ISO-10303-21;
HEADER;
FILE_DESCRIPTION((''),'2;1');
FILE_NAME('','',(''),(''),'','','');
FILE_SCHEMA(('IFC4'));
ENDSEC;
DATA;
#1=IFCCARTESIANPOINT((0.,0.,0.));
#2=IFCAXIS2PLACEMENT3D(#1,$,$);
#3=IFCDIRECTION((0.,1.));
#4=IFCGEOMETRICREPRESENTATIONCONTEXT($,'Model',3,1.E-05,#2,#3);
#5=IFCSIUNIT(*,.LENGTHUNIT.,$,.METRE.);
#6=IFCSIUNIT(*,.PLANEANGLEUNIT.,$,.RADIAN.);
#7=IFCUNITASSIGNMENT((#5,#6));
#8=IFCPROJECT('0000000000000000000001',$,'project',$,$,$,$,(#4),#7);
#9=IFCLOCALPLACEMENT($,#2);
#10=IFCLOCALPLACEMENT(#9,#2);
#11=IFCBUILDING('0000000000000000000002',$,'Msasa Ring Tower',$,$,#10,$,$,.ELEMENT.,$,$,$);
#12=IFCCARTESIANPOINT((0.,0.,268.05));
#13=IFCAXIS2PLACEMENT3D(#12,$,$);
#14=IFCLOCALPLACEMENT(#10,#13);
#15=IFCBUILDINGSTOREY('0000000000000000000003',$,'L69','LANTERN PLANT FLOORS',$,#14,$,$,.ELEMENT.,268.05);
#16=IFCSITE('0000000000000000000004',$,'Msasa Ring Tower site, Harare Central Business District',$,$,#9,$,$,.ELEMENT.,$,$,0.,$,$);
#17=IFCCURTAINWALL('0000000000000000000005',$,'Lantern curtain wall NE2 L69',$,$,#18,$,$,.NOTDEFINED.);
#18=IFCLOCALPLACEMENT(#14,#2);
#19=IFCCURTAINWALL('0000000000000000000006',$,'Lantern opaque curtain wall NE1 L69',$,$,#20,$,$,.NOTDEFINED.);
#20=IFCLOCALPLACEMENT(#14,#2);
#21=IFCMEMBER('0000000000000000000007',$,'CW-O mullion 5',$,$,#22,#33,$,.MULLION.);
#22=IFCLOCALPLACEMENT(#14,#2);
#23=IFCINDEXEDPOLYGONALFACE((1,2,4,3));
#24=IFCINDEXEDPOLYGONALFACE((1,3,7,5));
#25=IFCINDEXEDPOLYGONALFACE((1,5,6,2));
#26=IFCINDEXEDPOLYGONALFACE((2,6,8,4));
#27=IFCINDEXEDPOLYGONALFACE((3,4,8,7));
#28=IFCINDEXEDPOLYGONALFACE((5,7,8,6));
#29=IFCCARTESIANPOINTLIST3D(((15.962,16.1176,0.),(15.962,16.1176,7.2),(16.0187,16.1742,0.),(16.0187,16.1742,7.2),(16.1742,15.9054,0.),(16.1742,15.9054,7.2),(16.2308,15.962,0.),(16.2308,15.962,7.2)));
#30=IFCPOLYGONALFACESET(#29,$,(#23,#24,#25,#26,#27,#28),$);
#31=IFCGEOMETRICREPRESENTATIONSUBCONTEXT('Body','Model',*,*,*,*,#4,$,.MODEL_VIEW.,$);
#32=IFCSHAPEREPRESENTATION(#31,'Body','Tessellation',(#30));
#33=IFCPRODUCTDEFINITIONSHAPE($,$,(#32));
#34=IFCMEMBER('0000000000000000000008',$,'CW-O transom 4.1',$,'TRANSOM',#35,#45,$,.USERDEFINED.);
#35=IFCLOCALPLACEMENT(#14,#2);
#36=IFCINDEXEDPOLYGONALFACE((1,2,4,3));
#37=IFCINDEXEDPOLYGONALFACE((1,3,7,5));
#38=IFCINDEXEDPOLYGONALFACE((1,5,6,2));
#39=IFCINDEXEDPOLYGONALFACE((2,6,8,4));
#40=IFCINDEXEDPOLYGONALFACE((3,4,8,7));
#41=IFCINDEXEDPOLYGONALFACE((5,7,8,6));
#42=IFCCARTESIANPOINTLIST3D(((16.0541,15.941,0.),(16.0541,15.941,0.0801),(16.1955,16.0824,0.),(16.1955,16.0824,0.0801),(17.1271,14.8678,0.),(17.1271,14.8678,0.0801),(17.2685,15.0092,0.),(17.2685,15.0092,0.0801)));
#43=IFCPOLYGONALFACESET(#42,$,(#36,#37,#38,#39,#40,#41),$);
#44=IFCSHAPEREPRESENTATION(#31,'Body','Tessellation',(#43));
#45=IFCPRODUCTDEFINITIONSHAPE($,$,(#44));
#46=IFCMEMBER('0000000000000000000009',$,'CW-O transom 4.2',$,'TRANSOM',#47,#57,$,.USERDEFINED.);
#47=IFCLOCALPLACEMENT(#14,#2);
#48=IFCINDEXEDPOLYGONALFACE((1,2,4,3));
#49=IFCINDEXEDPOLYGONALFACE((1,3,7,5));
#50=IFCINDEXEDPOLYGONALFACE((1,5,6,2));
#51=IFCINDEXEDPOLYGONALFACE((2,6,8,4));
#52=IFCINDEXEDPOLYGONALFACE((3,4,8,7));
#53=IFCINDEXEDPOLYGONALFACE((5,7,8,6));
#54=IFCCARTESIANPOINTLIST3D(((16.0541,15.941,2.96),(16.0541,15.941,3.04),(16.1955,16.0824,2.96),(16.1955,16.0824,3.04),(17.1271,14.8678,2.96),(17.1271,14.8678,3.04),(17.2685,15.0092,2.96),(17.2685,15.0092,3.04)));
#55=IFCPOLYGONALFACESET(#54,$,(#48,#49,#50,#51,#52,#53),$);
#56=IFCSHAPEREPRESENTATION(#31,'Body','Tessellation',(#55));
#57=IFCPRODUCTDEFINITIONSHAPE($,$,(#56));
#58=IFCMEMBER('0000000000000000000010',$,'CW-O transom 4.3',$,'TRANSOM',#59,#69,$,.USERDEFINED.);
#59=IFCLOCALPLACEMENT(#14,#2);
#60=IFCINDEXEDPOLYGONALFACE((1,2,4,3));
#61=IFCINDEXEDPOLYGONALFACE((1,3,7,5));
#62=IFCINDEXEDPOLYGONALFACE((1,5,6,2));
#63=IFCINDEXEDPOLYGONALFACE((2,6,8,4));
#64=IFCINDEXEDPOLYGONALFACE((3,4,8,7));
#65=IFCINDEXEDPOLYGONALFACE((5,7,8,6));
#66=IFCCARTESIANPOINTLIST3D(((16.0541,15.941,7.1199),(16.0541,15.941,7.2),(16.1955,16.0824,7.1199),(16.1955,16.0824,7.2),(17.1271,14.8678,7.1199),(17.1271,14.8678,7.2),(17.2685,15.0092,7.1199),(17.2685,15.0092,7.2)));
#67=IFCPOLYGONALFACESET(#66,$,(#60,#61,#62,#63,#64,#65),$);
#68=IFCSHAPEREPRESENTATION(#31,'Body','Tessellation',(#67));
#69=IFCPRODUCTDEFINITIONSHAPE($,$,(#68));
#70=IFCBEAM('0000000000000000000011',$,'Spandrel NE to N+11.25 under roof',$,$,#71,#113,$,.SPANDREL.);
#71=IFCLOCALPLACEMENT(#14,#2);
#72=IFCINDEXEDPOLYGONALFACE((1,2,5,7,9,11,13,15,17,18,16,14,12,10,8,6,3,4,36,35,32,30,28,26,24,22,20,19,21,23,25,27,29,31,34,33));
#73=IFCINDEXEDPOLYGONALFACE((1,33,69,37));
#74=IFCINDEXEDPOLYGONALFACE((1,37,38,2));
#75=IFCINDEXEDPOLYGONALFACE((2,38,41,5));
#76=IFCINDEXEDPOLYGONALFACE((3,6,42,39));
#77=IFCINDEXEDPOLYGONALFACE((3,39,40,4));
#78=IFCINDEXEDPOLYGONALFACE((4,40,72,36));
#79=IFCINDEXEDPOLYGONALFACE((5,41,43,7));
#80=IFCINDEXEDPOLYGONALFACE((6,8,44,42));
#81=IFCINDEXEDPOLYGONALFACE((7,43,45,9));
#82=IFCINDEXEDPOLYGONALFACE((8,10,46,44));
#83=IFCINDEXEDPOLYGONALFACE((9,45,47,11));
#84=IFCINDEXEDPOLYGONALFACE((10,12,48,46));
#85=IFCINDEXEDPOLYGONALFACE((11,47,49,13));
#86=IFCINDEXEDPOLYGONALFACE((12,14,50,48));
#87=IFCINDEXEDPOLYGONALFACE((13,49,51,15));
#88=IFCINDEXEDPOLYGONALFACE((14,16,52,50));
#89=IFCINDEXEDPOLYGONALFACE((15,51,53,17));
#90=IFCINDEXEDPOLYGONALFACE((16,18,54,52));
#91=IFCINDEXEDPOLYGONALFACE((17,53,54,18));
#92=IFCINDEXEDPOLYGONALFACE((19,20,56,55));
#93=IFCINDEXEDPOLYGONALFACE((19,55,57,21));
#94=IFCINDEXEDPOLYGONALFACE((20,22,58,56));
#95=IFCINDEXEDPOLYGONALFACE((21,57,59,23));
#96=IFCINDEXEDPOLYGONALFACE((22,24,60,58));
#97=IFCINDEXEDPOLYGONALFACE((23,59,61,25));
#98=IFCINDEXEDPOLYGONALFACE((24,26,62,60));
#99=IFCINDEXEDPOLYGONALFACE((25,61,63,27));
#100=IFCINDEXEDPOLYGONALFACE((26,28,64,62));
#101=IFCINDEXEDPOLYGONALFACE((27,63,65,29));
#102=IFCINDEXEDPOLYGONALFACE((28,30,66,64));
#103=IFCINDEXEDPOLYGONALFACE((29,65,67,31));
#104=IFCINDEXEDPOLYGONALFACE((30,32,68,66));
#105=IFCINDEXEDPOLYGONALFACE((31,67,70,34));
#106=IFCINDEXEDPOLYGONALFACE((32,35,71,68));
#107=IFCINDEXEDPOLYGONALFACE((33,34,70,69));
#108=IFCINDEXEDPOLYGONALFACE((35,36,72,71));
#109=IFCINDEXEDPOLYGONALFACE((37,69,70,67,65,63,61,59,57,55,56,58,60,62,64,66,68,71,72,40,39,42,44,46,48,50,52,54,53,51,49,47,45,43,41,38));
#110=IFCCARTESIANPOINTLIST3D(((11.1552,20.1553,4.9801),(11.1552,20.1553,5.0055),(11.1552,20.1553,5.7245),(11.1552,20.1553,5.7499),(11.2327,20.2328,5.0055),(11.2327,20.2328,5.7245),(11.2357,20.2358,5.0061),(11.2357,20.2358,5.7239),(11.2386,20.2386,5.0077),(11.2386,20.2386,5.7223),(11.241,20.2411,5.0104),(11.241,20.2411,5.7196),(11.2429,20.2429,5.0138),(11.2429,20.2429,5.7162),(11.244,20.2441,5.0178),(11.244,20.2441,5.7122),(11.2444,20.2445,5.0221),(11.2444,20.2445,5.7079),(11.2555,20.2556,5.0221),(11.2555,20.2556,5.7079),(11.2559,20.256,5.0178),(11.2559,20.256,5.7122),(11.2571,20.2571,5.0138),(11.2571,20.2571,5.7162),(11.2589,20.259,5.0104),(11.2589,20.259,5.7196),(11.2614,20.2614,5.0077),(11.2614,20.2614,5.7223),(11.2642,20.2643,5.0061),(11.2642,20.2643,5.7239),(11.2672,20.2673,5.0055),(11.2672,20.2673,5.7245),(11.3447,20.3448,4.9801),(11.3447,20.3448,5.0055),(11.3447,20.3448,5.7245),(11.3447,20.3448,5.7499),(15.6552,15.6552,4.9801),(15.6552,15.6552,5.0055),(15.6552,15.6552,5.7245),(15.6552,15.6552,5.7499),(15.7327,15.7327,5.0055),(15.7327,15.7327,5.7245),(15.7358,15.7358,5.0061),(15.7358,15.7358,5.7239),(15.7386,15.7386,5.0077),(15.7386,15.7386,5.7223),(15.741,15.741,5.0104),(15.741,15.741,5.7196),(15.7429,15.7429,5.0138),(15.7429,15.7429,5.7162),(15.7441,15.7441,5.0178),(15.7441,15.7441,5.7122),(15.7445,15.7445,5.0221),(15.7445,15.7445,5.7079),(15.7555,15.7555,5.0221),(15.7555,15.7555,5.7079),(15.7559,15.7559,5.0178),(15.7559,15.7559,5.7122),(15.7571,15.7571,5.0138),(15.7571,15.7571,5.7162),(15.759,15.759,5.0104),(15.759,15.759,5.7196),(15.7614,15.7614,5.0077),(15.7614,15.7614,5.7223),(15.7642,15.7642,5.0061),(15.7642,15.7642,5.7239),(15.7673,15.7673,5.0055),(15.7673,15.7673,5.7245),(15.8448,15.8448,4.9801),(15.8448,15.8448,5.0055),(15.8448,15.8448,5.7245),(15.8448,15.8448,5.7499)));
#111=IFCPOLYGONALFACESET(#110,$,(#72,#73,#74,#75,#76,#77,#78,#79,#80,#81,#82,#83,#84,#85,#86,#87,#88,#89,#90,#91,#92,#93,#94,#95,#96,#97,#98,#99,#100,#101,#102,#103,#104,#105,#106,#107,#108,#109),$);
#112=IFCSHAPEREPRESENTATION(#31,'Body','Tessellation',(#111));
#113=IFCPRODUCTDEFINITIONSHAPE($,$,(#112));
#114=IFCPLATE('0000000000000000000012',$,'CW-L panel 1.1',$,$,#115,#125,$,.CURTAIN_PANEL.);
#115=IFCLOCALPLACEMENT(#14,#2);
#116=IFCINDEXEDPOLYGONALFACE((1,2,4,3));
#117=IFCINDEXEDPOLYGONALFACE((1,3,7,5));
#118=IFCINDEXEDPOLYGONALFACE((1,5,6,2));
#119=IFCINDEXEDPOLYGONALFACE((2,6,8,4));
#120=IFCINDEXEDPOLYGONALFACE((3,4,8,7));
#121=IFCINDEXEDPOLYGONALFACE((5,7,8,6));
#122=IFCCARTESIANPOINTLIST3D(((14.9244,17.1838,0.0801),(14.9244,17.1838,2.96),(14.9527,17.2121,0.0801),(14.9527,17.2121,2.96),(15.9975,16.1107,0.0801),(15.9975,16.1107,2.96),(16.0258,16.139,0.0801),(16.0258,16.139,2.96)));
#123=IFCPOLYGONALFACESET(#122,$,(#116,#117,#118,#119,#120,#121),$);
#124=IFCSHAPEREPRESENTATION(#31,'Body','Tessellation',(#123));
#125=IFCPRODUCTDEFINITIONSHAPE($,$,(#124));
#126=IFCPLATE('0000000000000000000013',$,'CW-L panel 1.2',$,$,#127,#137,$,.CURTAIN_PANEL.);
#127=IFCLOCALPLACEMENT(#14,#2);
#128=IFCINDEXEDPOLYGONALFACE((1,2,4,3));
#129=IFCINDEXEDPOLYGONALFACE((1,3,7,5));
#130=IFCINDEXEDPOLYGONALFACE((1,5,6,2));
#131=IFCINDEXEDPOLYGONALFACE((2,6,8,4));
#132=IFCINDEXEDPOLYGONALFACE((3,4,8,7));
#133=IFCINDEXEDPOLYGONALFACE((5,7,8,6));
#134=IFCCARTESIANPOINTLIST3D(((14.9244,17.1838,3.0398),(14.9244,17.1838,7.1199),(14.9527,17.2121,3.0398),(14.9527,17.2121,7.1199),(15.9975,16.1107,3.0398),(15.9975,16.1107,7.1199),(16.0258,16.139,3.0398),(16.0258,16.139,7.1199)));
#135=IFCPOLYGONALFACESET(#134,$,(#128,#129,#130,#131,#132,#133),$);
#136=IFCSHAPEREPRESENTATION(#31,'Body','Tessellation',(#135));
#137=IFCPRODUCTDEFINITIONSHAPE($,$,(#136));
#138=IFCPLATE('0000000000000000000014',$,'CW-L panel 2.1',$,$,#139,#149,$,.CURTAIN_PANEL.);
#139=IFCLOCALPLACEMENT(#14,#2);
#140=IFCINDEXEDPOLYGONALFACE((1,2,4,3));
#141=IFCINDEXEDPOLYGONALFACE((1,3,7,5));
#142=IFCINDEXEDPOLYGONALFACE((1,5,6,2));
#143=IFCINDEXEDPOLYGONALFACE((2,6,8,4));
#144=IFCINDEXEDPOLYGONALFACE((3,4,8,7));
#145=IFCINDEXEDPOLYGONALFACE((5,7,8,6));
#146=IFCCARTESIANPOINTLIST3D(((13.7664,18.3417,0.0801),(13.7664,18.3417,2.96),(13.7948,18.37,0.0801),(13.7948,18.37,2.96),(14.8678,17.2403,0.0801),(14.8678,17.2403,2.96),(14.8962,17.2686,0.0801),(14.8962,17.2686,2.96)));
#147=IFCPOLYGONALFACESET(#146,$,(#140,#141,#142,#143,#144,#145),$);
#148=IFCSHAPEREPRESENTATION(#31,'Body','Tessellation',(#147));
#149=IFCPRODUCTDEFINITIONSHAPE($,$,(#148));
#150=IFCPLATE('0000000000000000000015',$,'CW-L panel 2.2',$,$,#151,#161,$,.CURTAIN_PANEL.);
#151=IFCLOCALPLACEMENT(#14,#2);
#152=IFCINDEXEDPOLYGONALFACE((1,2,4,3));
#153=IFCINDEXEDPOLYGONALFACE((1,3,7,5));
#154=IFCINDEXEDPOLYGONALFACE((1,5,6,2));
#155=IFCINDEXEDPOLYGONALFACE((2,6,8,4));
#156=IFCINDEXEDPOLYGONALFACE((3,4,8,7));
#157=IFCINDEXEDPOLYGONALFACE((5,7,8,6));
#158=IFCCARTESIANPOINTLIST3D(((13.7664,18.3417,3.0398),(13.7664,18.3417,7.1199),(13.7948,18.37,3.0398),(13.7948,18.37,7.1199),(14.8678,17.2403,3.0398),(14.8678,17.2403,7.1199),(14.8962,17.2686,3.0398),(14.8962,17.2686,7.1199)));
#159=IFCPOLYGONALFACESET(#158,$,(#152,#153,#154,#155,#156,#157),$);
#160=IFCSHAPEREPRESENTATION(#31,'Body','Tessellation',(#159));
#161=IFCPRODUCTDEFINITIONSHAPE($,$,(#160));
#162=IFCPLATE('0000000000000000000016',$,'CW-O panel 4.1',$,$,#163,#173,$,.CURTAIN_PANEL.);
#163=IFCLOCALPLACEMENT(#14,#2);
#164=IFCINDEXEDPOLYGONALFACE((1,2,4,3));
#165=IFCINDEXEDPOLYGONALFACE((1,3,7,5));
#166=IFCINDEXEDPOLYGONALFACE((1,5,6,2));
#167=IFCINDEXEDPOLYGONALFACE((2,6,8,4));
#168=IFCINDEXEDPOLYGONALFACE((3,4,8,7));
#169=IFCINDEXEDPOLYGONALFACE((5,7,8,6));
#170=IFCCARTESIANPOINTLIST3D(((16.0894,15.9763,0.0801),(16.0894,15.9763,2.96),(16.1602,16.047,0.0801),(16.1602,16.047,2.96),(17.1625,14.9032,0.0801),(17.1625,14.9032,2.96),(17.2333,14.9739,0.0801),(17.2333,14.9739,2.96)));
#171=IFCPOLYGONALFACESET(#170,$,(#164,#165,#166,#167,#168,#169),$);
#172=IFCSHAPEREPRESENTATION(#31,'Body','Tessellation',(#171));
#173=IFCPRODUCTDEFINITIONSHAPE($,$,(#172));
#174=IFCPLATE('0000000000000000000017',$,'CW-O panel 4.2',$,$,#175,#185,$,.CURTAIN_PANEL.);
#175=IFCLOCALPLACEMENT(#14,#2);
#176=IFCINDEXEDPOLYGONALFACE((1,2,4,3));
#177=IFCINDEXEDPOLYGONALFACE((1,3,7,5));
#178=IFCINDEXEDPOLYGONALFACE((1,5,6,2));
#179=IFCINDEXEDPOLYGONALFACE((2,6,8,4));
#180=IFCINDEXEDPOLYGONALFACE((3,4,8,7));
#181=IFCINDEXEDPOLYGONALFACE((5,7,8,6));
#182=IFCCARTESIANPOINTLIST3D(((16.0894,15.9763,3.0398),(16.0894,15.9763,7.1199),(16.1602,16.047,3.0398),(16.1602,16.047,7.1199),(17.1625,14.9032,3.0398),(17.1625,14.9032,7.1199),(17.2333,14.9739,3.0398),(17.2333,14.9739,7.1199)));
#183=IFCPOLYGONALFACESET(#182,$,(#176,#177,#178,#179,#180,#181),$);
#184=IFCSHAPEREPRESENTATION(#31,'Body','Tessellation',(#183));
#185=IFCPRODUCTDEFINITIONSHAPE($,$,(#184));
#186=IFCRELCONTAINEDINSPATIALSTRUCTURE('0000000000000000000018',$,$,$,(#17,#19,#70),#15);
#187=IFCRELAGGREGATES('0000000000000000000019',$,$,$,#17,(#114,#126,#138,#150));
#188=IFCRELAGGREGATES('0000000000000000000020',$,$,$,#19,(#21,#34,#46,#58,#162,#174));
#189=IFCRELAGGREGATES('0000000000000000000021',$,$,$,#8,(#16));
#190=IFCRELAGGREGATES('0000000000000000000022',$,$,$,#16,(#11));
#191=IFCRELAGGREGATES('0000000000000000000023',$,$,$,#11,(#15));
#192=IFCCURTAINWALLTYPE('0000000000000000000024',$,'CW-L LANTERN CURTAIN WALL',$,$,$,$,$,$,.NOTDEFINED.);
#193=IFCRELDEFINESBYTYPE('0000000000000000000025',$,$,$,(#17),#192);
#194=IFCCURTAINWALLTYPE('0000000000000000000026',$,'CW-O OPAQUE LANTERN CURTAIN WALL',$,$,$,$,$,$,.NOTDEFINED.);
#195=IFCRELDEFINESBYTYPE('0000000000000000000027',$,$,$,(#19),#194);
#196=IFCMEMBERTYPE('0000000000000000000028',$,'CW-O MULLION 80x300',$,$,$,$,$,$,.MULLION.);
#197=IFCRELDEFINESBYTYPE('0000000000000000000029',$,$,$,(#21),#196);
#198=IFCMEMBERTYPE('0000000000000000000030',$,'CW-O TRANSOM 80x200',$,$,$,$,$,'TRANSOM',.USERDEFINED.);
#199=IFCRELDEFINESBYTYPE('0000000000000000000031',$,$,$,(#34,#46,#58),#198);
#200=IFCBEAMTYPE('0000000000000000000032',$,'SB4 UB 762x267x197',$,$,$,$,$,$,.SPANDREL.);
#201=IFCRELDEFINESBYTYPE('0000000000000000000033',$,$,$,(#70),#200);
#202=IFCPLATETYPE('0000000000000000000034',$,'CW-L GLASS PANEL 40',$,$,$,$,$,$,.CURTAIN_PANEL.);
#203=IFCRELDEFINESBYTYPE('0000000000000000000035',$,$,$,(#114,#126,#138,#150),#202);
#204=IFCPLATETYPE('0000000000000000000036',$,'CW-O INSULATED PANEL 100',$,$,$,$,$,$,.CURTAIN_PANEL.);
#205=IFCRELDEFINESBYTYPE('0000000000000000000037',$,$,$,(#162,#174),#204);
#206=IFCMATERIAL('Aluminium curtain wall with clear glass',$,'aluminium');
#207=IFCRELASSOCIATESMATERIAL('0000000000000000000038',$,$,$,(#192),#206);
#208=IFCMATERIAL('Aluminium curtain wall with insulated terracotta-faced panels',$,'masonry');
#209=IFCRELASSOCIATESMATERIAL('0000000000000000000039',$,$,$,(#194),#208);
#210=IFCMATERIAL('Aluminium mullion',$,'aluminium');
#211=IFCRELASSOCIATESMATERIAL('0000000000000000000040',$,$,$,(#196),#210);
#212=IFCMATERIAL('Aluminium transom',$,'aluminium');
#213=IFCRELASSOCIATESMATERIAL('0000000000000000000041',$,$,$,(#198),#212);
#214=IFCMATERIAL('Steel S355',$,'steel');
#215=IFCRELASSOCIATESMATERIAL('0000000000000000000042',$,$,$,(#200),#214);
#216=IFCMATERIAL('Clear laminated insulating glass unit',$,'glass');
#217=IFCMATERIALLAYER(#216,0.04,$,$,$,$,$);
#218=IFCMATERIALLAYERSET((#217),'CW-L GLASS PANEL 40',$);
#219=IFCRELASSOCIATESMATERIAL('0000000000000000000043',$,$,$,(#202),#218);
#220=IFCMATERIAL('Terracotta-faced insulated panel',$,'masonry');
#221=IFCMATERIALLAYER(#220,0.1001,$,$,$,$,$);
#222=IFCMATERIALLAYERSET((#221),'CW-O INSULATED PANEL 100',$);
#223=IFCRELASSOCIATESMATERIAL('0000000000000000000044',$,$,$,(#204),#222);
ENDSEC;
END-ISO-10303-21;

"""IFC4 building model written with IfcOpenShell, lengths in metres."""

from ifc_helpers import new_model, si_unit, direction, frame, origin, origin_2d, place, context, subcontext, project, spatial, rectangle, i_section, extrude, material, layer, layer_set, material_profile, profile_set, type_object, element, aggregate, save


model = new_model("IFC4")

# Units and contexts
model_context = context("Model", 3, precision=1e-05, world=origin(), true_north=direction((0.0, 1.0)))
body_context = subcontext(model_context, "Body", "Model", "MODEL_VIEW")
ifc_project = project(units=[si_unit("LENGTHUNIT", "METRE"), si_unit("PLANEANGLEUNIT", "RADIAN")], contexts=[model_context])

# Site, building, storey
site_placement = place(None, origin())
site = spatial("IfcSite", under=ifc_project, at=site_placement, Name="Msasa Ring Tower site, Harare Central Business District", CompositionType="ELEMENT", RefElevation=0.0)
building_placement = place(site_placement, origin())
building = spatial("IfcBuilding", under=site, at=building_placement, Name="Msasa Ring Tower", CompositionType="ELEMENT")
storey_placement = place(building_placement, frame((0.0, 0.0, 268.05)))
storey = spatial("IfcBuildingStorey", under=building, at=storey_placement, Name="L69", Description="LANTERN PLANT FLOORS", CompositionType="ELEMENT", Elevation=268.05)

# Curtain walls, members
ifc_material_1 = material(Name="Aluminium curtain wall with clear glass", Category="aluminium")
curtain_wall_type_1 = type_object("IfcCurtainWallType", Name="CW-L LANTERN CURTAIN WALL", PredefinedType="NOTDEFINED", material=ifc_material_1)
curtain_wall_1_placement = place(storey_placement, origin())
curtain_wall_1 = element("IfcCurtainWall", 1, at=curtain_wall_1_placement, inside=storey, type_object=curtain_wall_type_1, Name="Lantern curtain wall NE2 L69", PredefinedType="NOTDEFINED")
ifc_material_2 = material(Name="Aluminium curtain wall with insulated terracotta-faced panels", Category="masonry")
curtain_wall_type_2 = type_object("IfcCurtainWallType", Name="CW-O OPAQUE LANTERN CURTAIN WALL", PredefinedType="NOTDEFINED", material=ifc_material_2)
curtain_wall_2_placement = place(storey_placement, origin())
curtain_wall_2 = element("IfcCurtainWall", 2, at=curtain_wall_2_placement, inside=storey, type_object=curtain_wall_type_2, Name="Lantern opaque curtain wall NE1 L69", PredefinedType="NOTDEFINED")
ifc_material_3 = material(Name="Aluminium mullion", Category="aluminium")
ifc_material_profile_1 = material_profile(ifc_material_3, rectangle(XDim=0.0801, YDim=0.3, at=origin_2d()), Name="AL 80x300")
ifc_profile_set_1 = profile_set([ifc_material_profile_1], Name="Aluminium mullion")
member_type_1 = type_object("IfcMemberType", Name="CW-O MULLION 80x300", PredefinedType="MULLION", material=ifc_profile_set_1)
member_1_placement = place(storey_placement, frame((16.0964, 16.0398, 0.0), z_axis=(0.0, 0.0, 1.0), x_axis=(-0.707107, -0.707107, 0.0)))
member_1 = element("IfcMember", 3, at=member_1_placement, type_object=member_type_1, Name="CW-O mullion 5", PredefinedType="MULLION", context=body_context, shape_type="SweptSolid", body=[
    extrude(rectangle(XDim=0.0801, YDim=0.3, at=origin_2d()), origin(), (0.0, 0.0, 1.0), 7.2),
])
ifc_material_4 = material(Name="Aluminium transom", Category="aluminium")
ifc_material_profile_2 = material_profile(ifc_material_4, rectangle(XDim=0.2, YDim=0.0801, at=origin_2d()), Name="AL 80x200")
ifc_profile_set_2 = profile_set([ifc_material_profile_2], Name="Aluminium transom")
member_type_2 = type_object("IfcMemberType", Name="CW-O TRANSOM 80x200", ElementType="TRANSOM", PredefinedType="USERDEFINED", material=ifc_profile_set_2)
member_2_placement = place(storey_placement, frame((17.1978, 14.9385, 0.04), z_axis=(-0.707026, 0.707187, 0.0), x_axis=(-0.707187, -0.707026, 0.0)))
member_2 = element("IfcMember", 4, at=member_2_placement, type_object=member_type_2, Name="CW-O transom 4.1", ObjectType="TRANSOM", PredefinedType="USERDEFINED", context=body_context, shape_type="SweptSolid", body=[
    extrude(rectangle(XDim=0.2, YDim=0.0801, at=origin_2d()), origin(), (0.0, 0.0, 1.0), 1.5176),
])
member_3_placement = place(storey_placement, frame((17.1978, 14.9385, 3.0), z_axis=(-0.707026, 0.707187, 0.0), x_axis=(-0.707187, -0.707026, 0.0)))
member_3 = element("IfcMember", 5, at=member_3_placement, type_object=member_type_2, Name="CW-O transom 4.2", ObjectType="TRANSOM", PredefinedType="USERDEFINED", context=body_context, shape_type="SweptSolid", body=[
    extrude(rectangle(XDim=0.2, YDim=0.0801, at=origin_2d()), origin(), (0.0, 0.0, 1.0), 1.5176),
])
member_4_placement = place(storey_placement, frame((17.1978, 14.9385, 7.1599), z_axis=(-0.707026, 0.707187, 0.0), x_axis=(-0.707187, -0.707026, 0.0)))
member_4 = element("IfcMember", 6, at=member_4_placement, type_object=member_type_2, Name="CW-O transom 4.3", ObjectType="TRANSOM", PredefinedType="USERDEFINED", context=body_context, shape_type="SweptSolid", body=[
    extrude(rectangle(XDim=0.2, YDim=0.0801, at=origin_2d()), origin(), (0.0, 0.0, 1.0), 1.5176),
])

# Beam
ifc_material_5 = material(Name="Steel S355", Category="steel")
ifc_material_profile_3 = material_profile(ifc_material_5, i_section(OverallWidth=0.2681, OverallDepth=0.7698, WebThickness=0.0156, FlangeThickness=0.0254, FilletRadius=0.0166, at=origin_2d()), Name="UB 762x267x197")
ifc_profile_set_3 = profile_set([ifc_material_profile_3], Name="Steel S355")
beam_type = type_object("IfcBeamType", Name="SB4 UB 762x267x197", PredefinedType="SPANDREL", material=ifc_profile_set_3)
beam_placement = place(storey_placement, frame((15.75, 15.75, 5.365), z_axis=(-0.707107, 0.707107, 0.0), x_axis=(-0.707107, -0.707107, 0.0)))
element("IfcBeam", 7, at=beam_placement, inside=storey, type_object=beam_type, Name="Spandrel NE to N+11.25 under roof", PredefinedType="SPANDREL", context=body_context, shape_type="SweptSolid", body=[
    extrude(i_section(OverallWidth=0.2681, OverallDepth=0.7698, WebThickness=0.0156, FlangeThickness=0.0254, FilletRadius=0.0166, at=origin_2d()), origin(), (0.0, 0.0, 1.0), 6.364),
])

# Plates
ifc_material_6 = material(Name="Clear laminated insulating glass unit", Category="glass")
ifc_layer_1 = layer(ifc_material_6, 0.04)
ifc_layer_set_1 = layer_set([ifc_layer_1], Name="CW-L GLASS PANEL 40")
plate_type_1 = type_object("IfcPlateType", Name="CW-L GLASS PANEL 40", PredefinedType="CURTAIN_PANEL", material=ifc_layer_set_1)
plate_1_placement = place(storey_placement, frame((15.4751, 16.6614, 0.0801), z_axis=(0.0, 0.0, 1.0), x_axis=(-0.707107, 0.707107, 0.0)))
plate_1 = element("IfcPlate", 8, at=plate_1_placement, type_object=plate_type_1, Name="CW-L panel 1.1", PredefinedType="CURTAIN_PANEL", context=body_context, shape_type="SweptSolid", body=[
    extrude(rectangle(XDim=1.5176, YDim=0.04, at=origin_2d()), origin(), (0.0, 0.0, 1.0), 2.8799),
])
plate_2_placement = place(storey_placement, frame((15.4751, 16.6614, 3.0398), z_axis=(0.0, 0.0, 1.0), x_axis=(-0.707107, 0.707107, 0.0)))
plate_2 = element("IfcPlate", 9, at=plate_2_placement, type_object=plate_type_1, Name="CW-L panel 1.2", PredefinedType="CURTAIN_PANEL", context=body_context, shape_type="SweptSolid", body=[
    extrude(rectangle(XDim=1.5176, YDim=0.04, at=origin_2d()), origin(), (0.0, 0.0, 1.0), 4.0801),
])
plate_3_placement = place(storey_placement, frame((14.3313, 17.8052, 0.0801), z_axis=(0.0, 0.0, 1.0), x_axis=(-0.707107, 0.707107, 0.0)))
plate_3 = element("IfcPlate", 10, at=plate_3_placement, type_object=plate_type_1, Name="CW-L panel 2.1", PredefinedType="CURTAIN_PANEL", context=body_context, shape_type="SweptSolid", body=[
    extrude(rectangle(XDim=1.5576, YDim=0.04, at=origin_2d()), origin(), (0.0, 0.0, 1.0), 2.8799),
])
plate_4_placement = place(storey_placement, frame((14.3313, 17.8052, 3.0398), z_axis=(0.0, 0.0, 1.0), x_axis=(-0.707107, 0.707107, 0.0)))
plate_4 = element("IfcPlate", 11, at=plate_4_placement, type_object=plate_type_1, Name="CW-L panel 2.2", PredefinedType="CURTAIN_PANEL", context=body_context, shape_type="SweptSolid", body=[
    extrude(rectangle(XDim=1.5576, YDim=0.04, at=origin_2d()), origin(), (0.0, 0.0, 1.0), 4.0801),
])
aggregate(curtain_wall_1, [plate_1, plate_2, plate_3, plate_4])
ifc_material_7 = material(Name="Terracotta-faced insulated panel", Category="masonry")
ifc_layer_2 = layer(ifc_material_7, 0.1001)
ifc_layer_set_2 = layer_set([ifc_layer_2], Name="CW-O INSULATED PANEL 100")
plate_type_2 = type_object("IfcPlateType", Name="CW-O INSULATED PANEL 100", PredefinedType="CURTAIN_PANEL", material=ifc_layer_set_2)
plate_5_placement = place(storey_placement, frame((16.6614, 15.4751, 0.0801), z_axis=(0.0, 0.0, 1.0), x_axis=(-0.707107, 0.707107, 0.0)))
plate_5 = element("IfcPlate", 12, at=plate_5_placement, type_object=plate_type_2, Name="CW-O panel 4.1", PredefinedType="CURTAIN_PANEL", context=body_context, shape_type="SweptSolid", body=[
    extrude(rectangle(XDim=1.5176, YDim=0.1001, at=origin_2d()), origin(), (0.0, 0.0, 1.0), 2.8799),
])
plate_6_placement = place(storey_placement, frame((16.6614, 15.4751, 3.0398), z_axis=(0.0, 0.0, 1.0), x_axis=(-0.707107, 0.707107, 0.0)))
plate_6 = element("IfcPlate", 13, at=plate_6_placement, type_object=plate_type_2, Name="CW-O panel 4.2", PredefinedType="CURTAIN_PANEL", context=body_context, shape_type="SweptSolid", body=[
    extrude(rectangle(XDim=1.5176, YDim=0.1001, at=origin_2d()), origin(), (0.0, 0.0, 1.0), 4.0801),
])
aggregate(curtain_wall_2, [member_1, member_2, member_3, member_4, plate_5, plate_6])

save(model, "model.ifc")
